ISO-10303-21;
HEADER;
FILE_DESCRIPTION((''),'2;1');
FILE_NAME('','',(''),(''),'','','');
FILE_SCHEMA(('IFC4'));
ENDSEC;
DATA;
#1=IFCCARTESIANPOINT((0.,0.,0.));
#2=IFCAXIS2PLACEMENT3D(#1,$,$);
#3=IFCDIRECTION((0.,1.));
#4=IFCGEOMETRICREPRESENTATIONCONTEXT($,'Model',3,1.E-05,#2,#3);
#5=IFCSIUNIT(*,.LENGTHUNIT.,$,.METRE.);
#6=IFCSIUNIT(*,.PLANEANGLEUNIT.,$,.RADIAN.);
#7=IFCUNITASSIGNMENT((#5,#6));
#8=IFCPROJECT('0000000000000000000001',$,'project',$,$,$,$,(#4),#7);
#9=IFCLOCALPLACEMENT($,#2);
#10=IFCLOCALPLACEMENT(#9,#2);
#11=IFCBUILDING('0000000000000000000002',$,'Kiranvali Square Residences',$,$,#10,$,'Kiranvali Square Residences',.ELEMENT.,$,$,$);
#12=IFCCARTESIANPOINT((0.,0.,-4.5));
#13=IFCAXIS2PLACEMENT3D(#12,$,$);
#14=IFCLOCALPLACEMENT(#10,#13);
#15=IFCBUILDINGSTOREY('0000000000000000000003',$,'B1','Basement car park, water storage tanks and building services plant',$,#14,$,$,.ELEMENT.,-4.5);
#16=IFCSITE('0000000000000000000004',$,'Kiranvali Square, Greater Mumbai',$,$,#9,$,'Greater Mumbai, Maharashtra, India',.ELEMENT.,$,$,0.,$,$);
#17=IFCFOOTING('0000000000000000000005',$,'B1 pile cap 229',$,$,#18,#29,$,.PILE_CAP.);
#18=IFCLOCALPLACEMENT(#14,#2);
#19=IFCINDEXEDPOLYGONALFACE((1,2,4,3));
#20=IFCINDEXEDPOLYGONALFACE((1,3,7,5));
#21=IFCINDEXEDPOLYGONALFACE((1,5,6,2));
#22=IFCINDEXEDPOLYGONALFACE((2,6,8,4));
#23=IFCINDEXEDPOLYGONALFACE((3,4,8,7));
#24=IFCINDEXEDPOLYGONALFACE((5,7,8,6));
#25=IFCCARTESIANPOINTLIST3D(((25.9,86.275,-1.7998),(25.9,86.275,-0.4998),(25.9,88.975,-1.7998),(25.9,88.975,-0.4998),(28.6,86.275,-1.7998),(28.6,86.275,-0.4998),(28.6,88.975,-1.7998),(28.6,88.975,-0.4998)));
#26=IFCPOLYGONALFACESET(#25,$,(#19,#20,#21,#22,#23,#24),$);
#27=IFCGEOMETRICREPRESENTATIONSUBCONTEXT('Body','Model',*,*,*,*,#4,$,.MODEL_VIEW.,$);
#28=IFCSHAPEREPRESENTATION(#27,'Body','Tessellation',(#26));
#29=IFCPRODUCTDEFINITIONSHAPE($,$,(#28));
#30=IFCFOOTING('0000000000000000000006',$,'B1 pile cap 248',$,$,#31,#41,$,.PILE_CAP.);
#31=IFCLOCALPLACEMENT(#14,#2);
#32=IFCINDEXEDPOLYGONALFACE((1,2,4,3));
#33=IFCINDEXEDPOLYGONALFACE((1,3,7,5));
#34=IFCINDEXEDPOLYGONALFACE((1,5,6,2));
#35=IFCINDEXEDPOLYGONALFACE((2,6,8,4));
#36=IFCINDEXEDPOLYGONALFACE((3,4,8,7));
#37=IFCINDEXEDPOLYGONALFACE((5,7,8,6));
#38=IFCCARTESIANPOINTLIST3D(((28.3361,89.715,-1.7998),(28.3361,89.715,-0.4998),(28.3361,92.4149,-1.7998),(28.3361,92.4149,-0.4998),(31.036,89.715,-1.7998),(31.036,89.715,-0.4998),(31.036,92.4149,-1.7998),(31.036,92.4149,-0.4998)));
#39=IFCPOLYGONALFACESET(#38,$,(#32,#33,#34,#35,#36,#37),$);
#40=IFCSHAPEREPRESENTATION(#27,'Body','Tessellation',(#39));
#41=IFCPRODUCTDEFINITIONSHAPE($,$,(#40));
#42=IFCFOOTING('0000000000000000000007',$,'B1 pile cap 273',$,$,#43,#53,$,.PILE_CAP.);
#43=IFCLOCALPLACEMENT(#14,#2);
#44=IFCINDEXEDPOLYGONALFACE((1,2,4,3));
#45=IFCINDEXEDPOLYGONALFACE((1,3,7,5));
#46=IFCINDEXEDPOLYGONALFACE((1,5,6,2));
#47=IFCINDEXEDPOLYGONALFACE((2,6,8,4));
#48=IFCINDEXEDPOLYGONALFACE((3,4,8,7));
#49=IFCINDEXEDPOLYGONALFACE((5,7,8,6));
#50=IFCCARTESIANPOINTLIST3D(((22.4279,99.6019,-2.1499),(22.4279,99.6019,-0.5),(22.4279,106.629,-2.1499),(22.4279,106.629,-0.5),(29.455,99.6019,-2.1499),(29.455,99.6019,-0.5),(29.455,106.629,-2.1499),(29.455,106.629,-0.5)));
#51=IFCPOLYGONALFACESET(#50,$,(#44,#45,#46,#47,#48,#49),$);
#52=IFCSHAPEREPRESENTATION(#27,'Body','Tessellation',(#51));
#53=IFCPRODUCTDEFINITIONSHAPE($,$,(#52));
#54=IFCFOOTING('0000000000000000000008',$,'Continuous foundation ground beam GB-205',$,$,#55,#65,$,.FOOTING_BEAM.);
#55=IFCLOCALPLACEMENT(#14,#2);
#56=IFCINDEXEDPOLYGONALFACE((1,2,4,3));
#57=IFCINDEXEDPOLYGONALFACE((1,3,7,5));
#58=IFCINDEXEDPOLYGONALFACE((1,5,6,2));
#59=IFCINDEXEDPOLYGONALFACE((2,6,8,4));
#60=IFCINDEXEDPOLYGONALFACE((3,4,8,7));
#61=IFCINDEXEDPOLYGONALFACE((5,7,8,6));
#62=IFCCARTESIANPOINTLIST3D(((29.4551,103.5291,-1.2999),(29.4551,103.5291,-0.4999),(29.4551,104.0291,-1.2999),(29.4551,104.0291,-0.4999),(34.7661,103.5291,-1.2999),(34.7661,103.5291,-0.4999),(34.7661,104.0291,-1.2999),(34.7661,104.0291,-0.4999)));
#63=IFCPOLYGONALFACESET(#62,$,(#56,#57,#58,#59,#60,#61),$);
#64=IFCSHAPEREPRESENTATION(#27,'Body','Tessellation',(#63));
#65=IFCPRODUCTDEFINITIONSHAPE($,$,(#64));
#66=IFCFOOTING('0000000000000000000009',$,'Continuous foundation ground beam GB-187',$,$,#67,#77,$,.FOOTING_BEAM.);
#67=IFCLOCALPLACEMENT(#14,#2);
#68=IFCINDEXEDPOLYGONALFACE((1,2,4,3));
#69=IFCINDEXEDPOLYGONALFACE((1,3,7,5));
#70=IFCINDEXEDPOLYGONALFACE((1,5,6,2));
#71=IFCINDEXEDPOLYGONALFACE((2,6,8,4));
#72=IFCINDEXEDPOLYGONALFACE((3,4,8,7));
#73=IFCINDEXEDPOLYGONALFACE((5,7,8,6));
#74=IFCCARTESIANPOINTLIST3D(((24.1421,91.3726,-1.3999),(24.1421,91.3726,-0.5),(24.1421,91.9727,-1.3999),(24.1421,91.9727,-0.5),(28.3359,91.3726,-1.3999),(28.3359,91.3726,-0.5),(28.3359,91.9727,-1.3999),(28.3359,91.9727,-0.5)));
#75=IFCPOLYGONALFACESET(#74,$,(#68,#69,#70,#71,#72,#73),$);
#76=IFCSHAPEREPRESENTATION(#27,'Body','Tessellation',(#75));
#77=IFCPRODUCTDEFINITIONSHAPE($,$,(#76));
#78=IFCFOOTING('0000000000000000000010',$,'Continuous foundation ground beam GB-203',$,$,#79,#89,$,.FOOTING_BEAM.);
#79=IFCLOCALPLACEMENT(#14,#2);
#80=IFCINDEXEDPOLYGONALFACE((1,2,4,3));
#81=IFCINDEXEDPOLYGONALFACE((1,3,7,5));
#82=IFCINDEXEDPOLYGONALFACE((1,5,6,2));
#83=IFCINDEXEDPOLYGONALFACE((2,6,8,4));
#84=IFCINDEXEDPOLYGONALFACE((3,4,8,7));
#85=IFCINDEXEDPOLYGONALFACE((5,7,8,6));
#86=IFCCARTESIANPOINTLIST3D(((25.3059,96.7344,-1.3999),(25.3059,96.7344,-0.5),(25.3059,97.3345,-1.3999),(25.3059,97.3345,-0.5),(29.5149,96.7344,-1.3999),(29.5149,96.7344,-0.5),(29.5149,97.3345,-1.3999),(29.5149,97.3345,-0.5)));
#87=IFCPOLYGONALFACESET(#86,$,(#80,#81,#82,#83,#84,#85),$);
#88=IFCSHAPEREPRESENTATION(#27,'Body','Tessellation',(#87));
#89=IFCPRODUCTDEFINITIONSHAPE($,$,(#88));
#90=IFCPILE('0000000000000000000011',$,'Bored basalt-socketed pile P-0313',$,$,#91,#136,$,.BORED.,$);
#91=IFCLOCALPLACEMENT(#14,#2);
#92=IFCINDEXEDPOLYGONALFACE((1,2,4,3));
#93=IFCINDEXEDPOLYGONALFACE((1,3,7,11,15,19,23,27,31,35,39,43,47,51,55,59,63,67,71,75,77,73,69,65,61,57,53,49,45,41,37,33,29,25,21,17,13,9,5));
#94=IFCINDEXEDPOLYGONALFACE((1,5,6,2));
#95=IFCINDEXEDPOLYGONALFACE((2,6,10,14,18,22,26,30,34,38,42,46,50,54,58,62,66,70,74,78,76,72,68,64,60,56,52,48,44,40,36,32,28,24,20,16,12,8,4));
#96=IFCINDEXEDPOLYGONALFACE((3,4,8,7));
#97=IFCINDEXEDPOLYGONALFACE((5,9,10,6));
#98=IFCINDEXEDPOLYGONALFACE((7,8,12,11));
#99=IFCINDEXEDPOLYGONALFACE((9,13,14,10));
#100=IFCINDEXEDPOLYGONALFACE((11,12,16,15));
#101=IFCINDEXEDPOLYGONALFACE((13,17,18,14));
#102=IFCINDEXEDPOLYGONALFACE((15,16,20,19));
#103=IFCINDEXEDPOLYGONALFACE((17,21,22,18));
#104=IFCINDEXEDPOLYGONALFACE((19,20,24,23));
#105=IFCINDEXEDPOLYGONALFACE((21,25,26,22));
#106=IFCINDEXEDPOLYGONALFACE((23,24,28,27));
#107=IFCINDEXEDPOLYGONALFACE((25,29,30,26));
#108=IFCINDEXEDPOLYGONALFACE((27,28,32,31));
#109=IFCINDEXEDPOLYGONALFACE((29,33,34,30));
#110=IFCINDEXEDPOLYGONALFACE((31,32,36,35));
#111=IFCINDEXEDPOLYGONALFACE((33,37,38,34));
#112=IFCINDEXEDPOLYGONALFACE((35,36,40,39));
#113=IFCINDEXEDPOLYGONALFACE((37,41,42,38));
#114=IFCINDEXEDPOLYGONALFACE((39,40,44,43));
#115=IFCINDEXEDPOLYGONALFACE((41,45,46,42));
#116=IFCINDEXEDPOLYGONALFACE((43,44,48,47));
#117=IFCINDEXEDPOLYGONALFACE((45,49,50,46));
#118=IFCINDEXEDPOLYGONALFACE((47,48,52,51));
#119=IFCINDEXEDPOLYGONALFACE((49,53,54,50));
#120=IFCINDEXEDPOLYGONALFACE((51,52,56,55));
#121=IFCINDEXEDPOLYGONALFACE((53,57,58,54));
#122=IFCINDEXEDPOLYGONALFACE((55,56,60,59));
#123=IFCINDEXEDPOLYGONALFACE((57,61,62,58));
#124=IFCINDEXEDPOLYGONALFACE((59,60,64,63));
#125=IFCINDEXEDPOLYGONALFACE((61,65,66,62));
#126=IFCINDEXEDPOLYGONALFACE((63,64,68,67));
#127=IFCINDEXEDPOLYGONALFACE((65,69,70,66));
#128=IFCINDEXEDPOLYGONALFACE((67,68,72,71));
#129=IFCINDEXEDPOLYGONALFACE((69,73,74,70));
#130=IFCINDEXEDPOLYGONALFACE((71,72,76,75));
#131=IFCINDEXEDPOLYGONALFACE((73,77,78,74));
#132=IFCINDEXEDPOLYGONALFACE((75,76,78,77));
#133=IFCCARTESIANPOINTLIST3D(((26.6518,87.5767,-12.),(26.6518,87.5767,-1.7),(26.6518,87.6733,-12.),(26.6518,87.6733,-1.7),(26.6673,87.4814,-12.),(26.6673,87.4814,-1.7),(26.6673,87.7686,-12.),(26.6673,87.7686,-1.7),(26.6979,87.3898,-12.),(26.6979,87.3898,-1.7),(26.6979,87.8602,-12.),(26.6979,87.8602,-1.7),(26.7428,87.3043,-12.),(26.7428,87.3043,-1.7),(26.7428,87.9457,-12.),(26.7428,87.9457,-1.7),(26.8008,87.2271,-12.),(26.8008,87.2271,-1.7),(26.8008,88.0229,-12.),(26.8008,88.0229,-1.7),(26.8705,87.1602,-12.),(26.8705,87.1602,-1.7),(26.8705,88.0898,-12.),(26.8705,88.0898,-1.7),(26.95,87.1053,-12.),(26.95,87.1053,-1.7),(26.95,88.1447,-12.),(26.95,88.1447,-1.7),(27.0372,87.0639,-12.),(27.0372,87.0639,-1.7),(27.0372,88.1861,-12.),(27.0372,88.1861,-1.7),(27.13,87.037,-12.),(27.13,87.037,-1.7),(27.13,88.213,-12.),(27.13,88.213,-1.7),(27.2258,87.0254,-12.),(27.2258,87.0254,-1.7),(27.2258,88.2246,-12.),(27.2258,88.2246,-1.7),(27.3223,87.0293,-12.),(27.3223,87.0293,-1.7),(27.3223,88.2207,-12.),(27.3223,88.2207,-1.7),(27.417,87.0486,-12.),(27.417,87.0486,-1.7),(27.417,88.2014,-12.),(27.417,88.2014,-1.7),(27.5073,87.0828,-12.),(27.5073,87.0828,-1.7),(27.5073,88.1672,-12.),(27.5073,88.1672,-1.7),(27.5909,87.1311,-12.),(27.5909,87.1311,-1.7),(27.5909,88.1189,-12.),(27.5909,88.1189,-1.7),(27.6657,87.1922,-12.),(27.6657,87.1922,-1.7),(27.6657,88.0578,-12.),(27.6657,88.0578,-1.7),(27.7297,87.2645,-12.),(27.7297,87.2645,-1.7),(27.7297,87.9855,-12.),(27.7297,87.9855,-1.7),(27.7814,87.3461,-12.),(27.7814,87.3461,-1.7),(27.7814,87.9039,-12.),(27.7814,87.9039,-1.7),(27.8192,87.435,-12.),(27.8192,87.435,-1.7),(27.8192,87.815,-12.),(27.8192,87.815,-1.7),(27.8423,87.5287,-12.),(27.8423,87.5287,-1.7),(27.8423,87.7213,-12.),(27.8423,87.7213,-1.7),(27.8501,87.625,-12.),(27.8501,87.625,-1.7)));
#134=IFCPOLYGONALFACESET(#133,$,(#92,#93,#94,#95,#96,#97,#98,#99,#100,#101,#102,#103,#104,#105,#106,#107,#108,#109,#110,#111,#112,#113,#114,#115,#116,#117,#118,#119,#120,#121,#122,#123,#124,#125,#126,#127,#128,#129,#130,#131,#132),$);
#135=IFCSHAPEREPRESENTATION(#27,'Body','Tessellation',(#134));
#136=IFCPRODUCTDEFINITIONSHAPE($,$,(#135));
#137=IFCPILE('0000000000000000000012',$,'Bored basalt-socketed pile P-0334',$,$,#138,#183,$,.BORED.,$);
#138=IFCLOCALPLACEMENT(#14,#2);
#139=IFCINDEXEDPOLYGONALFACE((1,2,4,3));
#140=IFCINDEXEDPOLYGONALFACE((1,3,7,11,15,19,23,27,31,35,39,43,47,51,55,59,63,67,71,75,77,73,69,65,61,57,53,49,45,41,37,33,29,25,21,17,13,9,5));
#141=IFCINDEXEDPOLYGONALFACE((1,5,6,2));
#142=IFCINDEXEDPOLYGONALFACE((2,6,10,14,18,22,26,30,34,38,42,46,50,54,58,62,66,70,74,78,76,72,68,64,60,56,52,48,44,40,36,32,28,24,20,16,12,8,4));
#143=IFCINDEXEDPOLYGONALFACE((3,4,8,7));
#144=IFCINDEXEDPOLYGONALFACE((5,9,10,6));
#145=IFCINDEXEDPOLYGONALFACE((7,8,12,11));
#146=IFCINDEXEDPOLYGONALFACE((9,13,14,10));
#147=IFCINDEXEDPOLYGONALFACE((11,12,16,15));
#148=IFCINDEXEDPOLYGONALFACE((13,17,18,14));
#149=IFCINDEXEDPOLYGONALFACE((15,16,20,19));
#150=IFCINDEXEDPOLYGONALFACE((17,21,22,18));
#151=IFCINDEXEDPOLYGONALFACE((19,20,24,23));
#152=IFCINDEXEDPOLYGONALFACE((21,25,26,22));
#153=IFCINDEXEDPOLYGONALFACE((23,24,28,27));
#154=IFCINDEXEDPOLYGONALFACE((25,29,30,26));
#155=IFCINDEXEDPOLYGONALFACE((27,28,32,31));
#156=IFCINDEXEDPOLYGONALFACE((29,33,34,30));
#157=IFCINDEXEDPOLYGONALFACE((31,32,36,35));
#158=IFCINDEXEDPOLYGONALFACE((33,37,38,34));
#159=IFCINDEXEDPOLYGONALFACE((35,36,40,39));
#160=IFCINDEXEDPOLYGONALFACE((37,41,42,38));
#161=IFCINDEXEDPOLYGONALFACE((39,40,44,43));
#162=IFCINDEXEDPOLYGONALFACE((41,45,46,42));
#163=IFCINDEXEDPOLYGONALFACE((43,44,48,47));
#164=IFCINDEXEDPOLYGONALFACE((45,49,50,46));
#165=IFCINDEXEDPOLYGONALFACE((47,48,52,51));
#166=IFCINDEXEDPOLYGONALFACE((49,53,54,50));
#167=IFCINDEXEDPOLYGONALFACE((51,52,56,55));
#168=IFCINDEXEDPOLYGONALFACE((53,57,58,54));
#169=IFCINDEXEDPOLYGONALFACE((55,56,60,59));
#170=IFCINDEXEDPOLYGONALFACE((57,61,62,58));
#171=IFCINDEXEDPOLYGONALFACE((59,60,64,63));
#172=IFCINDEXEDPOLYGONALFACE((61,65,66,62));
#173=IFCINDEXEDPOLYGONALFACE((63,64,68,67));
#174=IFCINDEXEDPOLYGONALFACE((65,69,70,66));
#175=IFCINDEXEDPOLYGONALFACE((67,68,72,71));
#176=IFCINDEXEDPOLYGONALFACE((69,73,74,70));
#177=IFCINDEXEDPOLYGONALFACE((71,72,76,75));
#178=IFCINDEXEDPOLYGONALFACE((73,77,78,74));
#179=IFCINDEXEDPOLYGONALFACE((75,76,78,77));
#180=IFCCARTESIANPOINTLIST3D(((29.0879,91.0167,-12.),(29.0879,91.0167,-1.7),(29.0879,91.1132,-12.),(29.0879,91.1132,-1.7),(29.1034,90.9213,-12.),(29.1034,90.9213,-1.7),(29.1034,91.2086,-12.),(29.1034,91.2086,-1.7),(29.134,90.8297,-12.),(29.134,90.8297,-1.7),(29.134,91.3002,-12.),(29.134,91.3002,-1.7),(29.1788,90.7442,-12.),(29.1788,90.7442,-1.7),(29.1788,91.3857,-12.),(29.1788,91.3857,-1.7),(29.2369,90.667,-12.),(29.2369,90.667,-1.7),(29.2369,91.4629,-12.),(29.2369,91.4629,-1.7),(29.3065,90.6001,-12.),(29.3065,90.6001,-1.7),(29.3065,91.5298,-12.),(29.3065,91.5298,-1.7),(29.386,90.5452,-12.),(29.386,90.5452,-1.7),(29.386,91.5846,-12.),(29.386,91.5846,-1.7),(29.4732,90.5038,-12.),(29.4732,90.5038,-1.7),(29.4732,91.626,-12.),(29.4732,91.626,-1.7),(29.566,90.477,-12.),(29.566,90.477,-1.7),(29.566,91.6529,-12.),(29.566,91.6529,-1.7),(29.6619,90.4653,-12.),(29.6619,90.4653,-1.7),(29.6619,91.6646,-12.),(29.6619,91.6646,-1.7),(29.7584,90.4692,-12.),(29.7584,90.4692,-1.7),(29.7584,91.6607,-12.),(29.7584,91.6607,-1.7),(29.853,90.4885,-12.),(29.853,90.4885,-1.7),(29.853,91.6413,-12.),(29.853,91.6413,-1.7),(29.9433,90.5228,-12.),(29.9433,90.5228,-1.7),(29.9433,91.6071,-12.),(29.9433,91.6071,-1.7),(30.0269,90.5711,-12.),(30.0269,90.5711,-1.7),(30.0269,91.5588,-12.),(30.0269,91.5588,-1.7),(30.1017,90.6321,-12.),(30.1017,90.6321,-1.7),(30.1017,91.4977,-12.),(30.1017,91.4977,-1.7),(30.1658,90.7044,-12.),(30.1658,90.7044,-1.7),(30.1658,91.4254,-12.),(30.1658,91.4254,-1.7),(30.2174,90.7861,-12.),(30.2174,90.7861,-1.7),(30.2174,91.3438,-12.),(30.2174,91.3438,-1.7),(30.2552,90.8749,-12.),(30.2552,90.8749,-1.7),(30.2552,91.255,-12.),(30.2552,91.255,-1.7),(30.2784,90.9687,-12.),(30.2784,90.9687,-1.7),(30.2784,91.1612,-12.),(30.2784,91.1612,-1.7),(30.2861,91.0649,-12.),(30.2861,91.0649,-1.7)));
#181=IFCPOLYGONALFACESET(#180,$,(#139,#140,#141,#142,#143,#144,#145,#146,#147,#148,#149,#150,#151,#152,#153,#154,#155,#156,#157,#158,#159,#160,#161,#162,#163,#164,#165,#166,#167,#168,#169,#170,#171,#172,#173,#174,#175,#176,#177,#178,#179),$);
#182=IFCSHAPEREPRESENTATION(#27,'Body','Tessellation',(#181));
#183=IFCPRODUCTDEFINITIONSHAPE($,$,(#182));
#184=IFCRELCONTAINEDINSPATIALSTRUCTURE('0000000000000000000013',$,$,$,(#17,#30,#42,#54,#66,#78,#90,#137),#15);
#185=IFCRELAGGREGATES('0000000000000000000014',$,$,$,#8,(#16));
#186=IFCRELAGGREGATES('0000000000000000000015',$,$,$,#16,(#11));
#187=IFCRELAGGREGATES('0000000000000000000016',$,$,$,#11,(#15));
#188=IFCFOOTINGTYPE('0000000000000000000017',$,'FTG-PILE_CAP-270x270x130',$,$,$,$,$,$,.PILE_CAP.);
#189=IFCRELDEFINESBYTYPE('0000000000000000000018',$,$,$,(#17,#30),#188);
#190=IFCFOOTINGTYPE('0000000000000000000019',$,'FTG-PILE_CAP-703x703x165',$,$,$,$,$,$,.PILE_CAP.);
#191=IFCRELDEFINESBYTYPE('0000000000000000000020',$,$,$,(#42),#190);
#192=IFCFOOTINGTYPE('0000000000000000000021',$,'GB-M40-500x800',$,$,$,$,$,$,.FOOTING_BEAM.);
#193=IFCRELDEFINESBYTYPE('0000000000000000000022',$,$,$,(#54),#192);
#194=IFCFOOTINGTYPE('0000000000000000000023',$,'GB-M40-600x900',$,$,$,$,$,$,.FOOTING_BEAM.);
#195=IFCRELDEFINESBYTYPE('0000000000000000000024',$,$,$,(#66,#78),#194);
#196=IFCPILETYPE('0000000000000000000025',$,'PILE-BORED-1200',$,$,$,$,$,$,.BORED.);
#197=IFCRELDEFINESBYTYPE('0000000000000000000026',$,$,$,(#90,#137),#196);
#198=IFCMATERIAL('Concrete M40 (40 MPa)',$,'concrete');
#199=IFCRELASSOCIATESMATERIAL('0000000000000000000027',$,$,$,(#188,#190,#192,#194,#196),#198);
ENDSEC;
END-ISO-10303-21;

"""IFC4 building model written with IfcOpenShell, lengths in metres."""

from ifc_helpers import new_model, si_unit, direction, frame, origin, origin_2d, place, context, subcontext, project, spatial, rectangle, circle, extrude, material, material_profile, profile_set, type_object, element, save


model = new_model("IFC4")

# Units and contexts
model_context = context("Model", 3, precision=1e-05, world=origin(), true_north=direction((0.0, 1.0)))
body_context = subcontext(model_context, "Body", "Model", "MODEL_VIEW")
ifc_project = project(units=[si_unit("LENGTHUNIT", "METRE"), si_unit("PLANEANGLEUNIT", "RADIAN")], contexts=[model_context])

# Site, building, storey
site_placement = place(None, origin())
site = spatial("IfcSite", under=ifc_project, at=site_placement, Name="Kiranvali Square, Greater Mumbai", LongName="Greater Mumbai, Maharashtra, India", CompositionType="ELEMENT", RefElevation=0.0)
building_placement = place(site_placement, origin())
building = spatial("IfcBuilding", under=site, at=building_placement, Name="Kiranvali Square Residences", LongName="Kiranvali Square Residences", CompositionType="ELEMENT")
storey_placement = place(building_placement, frame((0.0, 0.0, -4.5)))
storey = spatial("IfcBuildingStorey", under=building, at=storey_placement, Name="B1", Description="Basement car park, water storage tanks and building services plant", CompositionType="ELEMENT", Elevation=-4.5)

# Footings
ifc_material_1 = material(Name="Concrete M40 (40 MPa)", Category="concrete")
footing_type_1 = type_object("IfcFootingType", Name="FTG-PILE_CAP-270x270x130", PredefinedType="PILE_CAP", material=ifc_material_1)
for number, where, z_axis, x_axis, name in (
    (1, (27.25, 87.625, -1.7998), (0.0, 0.0, 1.0), (1.0, 0.0, 0.0), "B1 pile cap 229"),
    (2, (29.686, 91.0649, -1.7998), (0.0, 0.0, 1.0), (1.0, 0.0, 0.0), "B1 pile cap 248"),
):
    element("IfcFooting", number, at=place(storey_placement, frame(where, z_axis=z_axis, x_axis=x_axis)), inside=storey, type_object=footing_type_1, Name=name, PredefinedType="PILE_CAP", context=body_context, shape_type="SweptSolid", body=[
        extrude(rectangle(XDim=2.7, YDim=2.7, at=origin_2d()), origin(), (0.0, 0.0, 1.0), 1.3),
    ])
footing_type_2 = type_object("IfcFootingType", Name="FTG-PILE_CAP-703x703x165", PredefinedType="PILE_CAP", material=ifc_material_1)
footing_1_placement = place(storey_placement, frame((25.9414, 103.1155, -2.1499), z_axis=(0.0, 0.0, 1.0), x_axis=(1.0, 0.0, 0.0)))
element("IfcFooting", 3, at=footing_1_placement, inside=storey, type_object=footing_type_2, Name="B1 pile cap 273", PredefinedType="PILE_CAP", context=body_context, shape_type="SweptSolid", body=[
    extrude(rectangle(XDim=7.0271, YDim=7.0271, at=origin_2d()), origin(), (0.0, 0.0, 1.0), 1.6499),
])
ifc_material_profile_1 = material_profile(ifc_material_1, rectangle(XDim=0.5, YDim=0.8, at=origin_2d()), Name="GB 500x800")
ifc_profile_set_1 = profile_set([ifc_material_profile_1], Name="Concrete M40 (40 MPa)")
footing_type_3 = type_object("IfcFootingType", Name="GB-M40-500x800", PredefinedType="FOOTING_BEAM", material=ifc_profile_set_1)
footing_2_placement = place(storey_placement, frame((29.4551, 103.7791, -0.8999), z_axis=(1.0, 0.0, 0.0), x_axis=(0.0, 1.0, 0.0)))
element("IfcFooting", 4, at=footing_2_placement, inside=storey, type_object=footing_type_3, Name="Continuous foundation ground beam GB-205", PredefinedType="FOOTING_BEAM", context=body_context, shape_type="SweptSolid", body=[
    extrude(rectangle(XDim=0.5, YDim=0.8, at=origin_2d()), origin(), (0.0, 0.0, 1.0), 5.311),
])
ifc_material_profile_2 = material_profile(ifc_material_1, rectangle(XDim=0.6001, YDim=0.8999, at=origin_2d()), Name="GB 600x900")
ifc_profile_set_2 = profile_set([ifc_material_profile_2], Name="Concrete M40 (40 MPa)")
footing_type_4 = type_object("IfcFootingType", Name="GB-M40-600x900", PredefinedType="FOOTING_BEAM", material=ifc_profile_set_2)
footing_3_placement = place(storey_placement, frame((24.1421, 91.6726, -0.95), z_axis=(1.0, 0.0, 0.0), x_axis=(0.0, 1.0, 0.0)))
element("IfcFooting", 5, at=footing_3_placement, inside=storey, type_object=footing_type_4, Name="Continuous foundation ground beam GB-187", PredefinedType="FOOTING_BEAM", context=body_context, shape_type="SweptSolid", body=[
    extrude(rectangle(XDim=0.6001, YDim=0.8999, at=origin_2d()), origin(), (0.0, 0.0, 1.0), 4.1938),
])
footing_4_placement = place(storey_placement, frame((25.3059, 97.0344, -0.95), z_axis=(1.0, 0.0, 0.0), x_axis=(0.0, 1.0, 0.0)))
element("IfcFooting", 6, at=footing_4_placement, inside=storey, type_object=footing_type_4, Name="Continuous foundation ground beam GB-203", PredefinedType="FOOTING_BEAM", context=body_context, shape_type="SweptSolid", body=[
    extrude(rectangle(XDim=0.6001, YDim=0.8999, at=origin_2d()), origin(), (0.0, 0.0, 1.0), 4.209),
])

# Piles
ifc_material_profile_3 = material_profile(ifc_material_1, circle(Radius=0.6001, at=origin_2d()), Name="BORED PILE 1200")
ifc_profile_set_3 = profile_set([ifc_material_profile_3], Name="Concrete M40 (40 MPa)")
pile_type = type_object("IfcPileType", Name="PILE-BORED-1200", PredefinedType="BORED", material=ifc_profile_set_3)
for number, where, z_axis, x_axis, name in (
    (7, (27.25, 87.625, -1.7), (0.0, 0.0, -1.0), (1.0, 0.0, 0.0), "Bored basalt-socketed pile P-0313"),
    (8, (29.686, 91.0649, -1.7), (0.0, 0.0, -1.0), (1.0, 0.0, 0.0), "Bored basalt-socketed pile P-0334"),
):
    element("IfcPile", number, at=place(storey_placement, frame(where, z_axis=z_axis, x_axis=x_axis)), inside=storey, type_object=pile_type, Name=name, PredefinedType="BORED", context=body_context, shape_type="SweptSolid", body=[
        extrude(circle(Radius=0.6001, at=origin_2d()), origin(), (0.0, 0.0, 1.0), 10.3),
    ])

save(model, "model.ifc")
